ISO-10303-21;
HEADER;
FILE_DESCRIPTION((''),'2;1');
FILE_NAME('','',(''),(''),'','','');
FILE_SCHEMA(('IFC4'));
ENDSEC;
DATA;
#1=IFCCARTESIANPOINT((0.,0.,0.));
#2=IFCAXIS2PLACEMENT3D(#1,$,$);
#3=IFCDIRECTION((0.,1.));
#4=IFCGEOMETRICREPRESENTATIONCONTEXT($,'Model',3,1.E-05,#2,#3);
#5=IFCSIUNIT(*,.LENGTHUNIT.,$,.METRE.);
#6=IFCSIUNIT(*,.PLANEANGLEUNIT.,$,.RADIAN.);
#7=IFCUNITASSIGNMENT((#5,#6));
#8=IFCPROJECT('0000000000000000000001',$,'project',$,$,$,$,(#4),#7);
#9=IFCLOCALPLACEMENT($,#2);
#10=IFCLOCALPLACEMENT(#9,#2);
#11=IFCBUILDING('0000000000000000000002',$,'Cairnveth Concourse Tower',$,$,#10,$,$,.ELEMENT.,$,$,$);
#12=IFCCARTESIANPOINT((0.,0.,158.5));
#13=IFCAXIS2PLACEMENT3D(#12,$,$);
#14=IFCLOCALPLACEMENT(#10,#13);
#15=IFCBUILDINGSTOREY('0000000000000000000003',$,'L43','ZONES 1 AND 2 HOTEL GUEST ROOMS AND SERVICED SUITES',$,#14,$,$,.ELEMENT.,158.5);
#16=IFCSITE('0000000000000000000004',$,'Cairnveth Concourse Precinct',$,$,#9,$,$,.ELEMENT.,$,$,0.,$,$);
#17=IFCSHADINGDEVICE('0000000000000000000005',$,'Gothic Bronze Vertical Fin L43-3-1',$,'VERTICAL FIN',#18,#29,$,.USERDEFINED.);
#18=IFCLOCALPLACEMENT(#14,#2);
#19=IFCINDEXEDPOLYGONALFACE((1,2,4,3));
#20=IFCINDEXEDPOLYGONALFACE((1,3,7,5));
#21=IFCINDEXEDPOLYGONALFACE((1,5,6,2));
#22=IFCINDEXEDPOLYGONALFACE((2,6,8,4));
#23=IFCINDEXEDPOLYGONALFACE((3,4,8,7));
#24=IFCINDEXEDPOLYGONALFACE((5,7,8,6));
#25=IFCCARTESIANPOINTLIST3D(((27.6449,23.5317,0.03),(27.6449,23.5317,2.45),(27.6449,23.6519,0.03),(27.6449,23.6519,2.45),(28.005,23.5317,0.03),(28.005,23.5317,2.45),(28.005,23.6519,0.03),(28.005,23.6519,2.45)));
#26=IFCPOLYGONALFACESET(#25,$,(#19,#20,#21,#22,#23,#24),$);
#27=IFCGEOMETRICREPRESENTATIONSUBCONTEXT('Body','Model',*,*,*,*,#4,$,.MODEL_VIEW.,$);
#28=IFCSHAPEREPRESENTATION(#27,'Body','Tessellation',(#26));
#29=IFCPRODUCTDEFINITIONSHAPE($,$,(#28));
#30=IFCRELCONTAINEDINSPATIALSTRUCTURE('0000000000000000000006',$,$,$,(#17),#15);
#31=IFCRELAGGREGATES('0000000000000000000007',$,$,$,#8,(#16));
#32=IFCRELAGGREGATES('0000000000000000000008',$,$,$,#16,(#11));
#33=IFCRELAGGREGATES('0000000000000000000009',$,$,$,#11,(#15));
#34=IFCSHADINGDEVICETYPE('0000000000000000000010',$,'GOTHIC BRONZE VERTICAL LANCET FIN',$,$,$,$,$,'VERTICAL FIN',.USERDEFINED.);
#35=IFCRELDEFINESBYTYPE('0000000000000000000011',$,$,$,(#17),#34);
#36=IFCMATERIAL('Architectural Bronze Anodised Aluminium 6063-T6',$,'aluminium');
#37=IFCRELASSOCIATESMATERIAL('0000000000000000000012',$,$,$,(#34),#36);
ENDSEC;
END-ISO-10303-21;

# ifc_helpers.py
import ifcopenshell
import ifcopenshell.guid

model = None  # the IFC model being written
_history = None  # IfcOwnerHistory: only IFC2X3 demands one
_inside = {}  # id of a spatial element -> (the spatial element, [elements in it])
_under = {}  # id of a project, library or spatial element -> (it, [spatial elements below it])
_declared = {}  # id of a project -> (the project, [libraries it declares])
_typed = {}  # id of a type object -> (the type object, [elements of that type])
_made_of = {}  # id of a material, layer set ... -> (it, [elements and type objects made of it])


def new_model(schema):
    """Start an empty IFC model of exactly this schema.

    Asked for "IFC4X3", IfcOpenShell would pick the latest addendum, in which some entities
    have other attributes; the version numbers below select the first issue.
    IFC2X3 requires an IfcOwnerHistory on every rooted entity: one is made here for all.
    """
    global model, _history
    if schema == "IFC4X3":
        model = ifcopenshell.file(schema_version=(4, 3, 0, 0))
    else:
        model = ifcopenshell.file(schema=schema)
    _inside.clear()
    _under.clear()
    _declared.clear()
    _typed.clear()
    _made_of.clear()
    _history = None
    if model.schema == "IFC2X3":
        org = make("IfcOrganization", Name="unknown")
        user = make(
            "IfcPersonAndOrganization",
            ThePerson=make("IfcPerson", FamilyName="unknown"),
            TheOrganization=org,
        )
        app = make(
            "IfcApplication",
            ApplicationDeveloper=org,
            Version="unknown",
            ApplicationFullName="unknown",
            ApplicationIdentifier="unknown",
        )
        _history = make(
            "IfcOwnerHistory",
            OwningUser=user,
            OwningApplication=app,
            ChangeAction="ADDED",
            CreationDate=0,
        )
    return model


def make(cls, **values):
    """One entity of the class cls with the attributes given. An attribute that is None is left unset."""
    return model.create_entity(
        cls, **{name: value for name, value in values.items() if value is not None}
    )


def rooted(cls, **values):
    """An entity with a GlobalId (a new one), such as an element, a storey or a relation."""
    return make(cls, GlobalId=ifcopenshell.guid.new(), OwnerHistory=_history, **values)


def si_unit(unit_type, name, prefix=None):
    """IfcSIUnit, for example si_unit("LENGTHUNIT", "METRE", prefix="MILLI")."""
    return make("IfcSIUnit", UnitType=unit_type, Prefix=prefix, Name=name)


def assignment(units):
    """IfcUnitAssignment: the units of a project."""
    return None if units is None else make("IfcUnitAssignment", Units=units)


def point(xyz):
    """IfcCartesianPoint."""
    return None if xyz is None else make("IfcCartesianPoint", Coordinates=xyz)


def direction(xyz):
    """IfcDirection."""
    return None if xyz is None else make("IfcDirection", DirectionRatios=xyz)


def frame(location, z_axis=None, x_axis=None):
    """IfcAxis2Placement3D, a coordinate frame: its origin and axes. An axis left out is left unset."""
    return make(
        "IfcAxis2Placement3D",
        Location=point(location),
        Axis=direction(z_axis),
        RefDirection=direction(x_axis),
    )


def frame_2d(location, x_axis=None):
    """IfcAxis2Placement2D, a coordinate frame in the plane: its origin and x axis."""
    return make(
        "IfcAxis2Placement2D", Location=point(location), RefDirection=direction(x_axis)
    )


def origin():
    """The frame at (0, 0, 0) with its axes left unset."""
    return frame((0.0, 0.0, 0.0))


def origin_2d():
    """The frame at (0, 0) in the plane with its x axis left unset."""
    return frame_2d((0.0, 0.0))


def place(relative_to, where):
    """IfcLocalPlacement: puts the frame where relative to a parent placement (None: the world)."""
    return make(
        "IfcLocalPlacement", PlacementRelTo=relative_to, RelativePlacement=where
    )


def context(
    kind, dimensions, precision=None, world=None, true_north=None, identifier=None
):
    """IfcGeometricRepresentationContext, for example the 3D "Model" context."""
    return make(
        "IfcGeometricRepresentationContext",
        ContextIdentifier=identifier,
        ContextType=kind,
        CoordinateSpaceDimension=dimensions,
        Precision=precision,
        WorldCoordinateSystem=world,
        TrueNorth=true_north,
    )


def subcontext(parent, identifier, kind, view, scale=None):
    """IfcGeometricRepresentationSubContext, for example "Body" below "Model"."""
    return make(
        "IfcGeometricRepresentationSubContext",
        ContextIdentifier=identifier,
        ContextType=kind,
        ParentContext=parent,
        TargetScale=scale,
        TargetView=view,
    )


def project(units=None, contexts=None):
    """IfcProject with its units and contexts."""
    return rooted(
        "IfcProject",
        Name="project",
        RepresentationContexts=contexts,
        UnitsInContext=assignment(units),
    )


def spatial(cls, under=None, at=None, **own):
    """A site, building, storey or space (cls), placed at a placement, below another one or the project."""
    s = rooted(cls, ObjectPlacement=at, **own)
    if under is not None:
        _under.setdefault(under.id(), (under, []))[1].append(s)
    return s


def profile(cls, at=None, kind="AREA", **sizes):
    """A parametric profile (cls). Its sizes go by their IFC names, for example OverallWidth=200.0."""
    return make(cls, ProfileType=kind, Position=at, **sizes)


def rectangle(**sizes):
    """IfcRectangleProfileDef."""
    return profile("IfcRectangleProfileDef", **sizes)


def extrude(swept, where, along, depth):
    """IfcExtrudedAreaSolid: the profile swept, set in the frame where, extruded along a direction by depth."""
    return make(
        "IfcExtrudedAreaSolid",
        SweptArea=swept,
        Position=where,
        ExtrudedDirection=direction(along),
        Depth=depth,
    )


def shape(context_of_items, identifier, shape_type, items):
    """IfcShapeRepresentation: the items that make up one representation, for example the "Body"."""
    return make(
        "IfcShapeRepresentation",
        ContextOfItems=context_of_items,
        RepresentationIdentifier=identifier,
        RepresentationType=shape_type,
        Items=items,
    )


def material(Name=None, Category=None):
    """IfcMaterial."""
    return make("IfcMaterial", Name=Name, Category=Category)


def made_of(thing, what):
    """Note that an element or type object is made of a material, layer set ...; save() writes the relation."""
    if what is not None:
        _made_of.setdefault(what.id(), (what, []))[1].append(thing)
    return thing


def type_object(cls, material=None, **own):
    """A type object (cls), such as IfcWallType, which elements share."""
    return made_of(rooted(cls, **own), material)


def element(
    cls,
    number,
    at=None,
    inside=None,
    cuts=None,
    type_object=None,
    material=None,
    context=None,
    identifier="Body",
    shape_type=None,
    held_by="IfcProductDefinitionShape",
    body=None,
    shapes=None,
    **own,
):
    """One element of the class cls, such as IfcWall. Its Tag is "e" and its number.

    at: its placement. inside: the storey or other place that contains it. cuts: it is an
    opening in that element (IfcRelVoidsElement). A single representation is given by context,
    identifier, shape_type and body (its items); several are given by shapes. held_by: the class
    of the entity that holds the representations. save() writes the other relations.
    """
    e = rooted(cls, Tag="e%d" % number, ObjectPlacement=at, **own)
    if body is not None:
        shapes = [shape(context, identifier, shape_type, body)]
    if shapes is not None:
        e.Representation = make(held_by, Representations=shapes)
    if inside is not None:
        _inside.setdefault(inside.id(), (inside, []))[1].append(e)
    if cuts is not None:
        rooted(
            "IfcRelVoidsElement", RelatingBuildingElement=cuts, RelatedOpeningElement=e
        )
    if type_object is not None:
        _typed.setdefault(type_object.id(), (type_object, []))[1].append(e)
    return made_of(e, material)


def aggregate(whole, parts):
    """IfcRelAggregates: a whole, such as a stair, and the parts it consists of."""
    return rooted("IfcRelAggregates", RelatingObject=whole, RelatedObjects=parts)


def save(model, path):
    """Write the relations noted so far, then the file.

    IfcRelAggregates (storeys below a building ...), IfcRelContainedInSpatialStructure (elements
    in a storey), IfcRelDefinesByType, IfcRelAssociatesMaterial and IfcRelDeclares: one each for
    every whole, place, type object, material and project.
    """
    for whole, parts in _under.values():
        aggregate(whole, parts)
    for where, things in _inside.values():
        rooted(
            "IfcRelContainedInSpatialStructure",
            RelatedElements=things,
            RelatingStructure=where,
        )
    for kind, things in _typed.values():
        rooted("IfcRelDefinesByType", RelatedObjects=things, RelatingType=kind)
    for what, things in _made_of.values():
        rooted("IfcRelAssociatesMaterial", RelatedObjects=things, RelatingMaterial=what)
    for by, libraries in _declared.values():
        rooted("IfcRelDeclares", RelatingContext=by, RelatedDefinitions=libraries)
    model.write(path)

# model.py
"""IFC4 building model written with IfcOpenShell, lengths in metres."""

from ifc_helpers import new_model, si_unit, direction, frame, origin, origin_2d, place, context, subcontext, project, spatial, rectangle, extrude, material, type_object, element, save


model = new_model("IFC4")

# Units and contexts
model_context = context("Model", 3, precision=1e-05, world=origin(), true_north=direction((0.0, 1.0)))
body_context = subcontext(model_context, "Body", "Model", "MODEL_VIEW")
ifc_project = project(units=[si_unit("LENGTHUNIT", "METRE"), si_unit("PLANEANGLEUNIT", "RADIAN")], contexts=[model_context])

# Site, building, storey
site_placement = place(None, origin())
site = spatial("IfcSite", under=ifc_project, at=site_placement, Name="Cairnveth Concourse Precinct", CompositionType="ELEMENT", RefElevation=0.0)
building_placement = place(site_placement, origin())
building = spatial("IfcBuilding", under=site, at=building_placement, Name="Cairnveth Concourse Tower", CompositionType="ELEMENT")
storey_placement = place(building_placement, frame((0.0, 0.0, 158.5)))
storey = spatial("IfcBuildingStorey", under=building, at=storey_placement, Name="L43", Description="ZONES 1 AND 2 HOTEL GUEST ROOMS AND SERVICED SUITES", CompositionType="ELEMENT", Elevation=158.5)

# Shading device
ifc_material_1 = material(Name="Architectural Bronze Anodised Aluminium 6063-T6", Category="aluminium")
shading_device_type = type_object("IfcShadingDeviceType", Name="GOTHIC BRONZE VERTICAL LANCET FIN", ElementType="VERTICAL FIN", PredefinedType="USERDEFINED", material=ifc_material_1)
shading_device_placement = place(storey_placement, frame((27.825, 23.5918, 0.03), z_axis=(0.0, 0.0, 1.0), x_axis=(0.0, 1.0, 0.0)))
element("IfcShadingDevice", 1, at=shading_device_placement, inside=storey, type_object=shading_device_type, Name="Gothic Bronze Vertical Fin L43-3-1", ObjectType="VERTICAL FIN", PredefinedType="USERDEFINED", context=body_context, shape_type="SweptSolid", body=[
    extrude(rectangle(XDim=0.1201, YDim=0.3601, at=origin_2d()), origin(), (0.0, 0.0, 1.0), 2.4199),
])

save(model, "model.ifc")
